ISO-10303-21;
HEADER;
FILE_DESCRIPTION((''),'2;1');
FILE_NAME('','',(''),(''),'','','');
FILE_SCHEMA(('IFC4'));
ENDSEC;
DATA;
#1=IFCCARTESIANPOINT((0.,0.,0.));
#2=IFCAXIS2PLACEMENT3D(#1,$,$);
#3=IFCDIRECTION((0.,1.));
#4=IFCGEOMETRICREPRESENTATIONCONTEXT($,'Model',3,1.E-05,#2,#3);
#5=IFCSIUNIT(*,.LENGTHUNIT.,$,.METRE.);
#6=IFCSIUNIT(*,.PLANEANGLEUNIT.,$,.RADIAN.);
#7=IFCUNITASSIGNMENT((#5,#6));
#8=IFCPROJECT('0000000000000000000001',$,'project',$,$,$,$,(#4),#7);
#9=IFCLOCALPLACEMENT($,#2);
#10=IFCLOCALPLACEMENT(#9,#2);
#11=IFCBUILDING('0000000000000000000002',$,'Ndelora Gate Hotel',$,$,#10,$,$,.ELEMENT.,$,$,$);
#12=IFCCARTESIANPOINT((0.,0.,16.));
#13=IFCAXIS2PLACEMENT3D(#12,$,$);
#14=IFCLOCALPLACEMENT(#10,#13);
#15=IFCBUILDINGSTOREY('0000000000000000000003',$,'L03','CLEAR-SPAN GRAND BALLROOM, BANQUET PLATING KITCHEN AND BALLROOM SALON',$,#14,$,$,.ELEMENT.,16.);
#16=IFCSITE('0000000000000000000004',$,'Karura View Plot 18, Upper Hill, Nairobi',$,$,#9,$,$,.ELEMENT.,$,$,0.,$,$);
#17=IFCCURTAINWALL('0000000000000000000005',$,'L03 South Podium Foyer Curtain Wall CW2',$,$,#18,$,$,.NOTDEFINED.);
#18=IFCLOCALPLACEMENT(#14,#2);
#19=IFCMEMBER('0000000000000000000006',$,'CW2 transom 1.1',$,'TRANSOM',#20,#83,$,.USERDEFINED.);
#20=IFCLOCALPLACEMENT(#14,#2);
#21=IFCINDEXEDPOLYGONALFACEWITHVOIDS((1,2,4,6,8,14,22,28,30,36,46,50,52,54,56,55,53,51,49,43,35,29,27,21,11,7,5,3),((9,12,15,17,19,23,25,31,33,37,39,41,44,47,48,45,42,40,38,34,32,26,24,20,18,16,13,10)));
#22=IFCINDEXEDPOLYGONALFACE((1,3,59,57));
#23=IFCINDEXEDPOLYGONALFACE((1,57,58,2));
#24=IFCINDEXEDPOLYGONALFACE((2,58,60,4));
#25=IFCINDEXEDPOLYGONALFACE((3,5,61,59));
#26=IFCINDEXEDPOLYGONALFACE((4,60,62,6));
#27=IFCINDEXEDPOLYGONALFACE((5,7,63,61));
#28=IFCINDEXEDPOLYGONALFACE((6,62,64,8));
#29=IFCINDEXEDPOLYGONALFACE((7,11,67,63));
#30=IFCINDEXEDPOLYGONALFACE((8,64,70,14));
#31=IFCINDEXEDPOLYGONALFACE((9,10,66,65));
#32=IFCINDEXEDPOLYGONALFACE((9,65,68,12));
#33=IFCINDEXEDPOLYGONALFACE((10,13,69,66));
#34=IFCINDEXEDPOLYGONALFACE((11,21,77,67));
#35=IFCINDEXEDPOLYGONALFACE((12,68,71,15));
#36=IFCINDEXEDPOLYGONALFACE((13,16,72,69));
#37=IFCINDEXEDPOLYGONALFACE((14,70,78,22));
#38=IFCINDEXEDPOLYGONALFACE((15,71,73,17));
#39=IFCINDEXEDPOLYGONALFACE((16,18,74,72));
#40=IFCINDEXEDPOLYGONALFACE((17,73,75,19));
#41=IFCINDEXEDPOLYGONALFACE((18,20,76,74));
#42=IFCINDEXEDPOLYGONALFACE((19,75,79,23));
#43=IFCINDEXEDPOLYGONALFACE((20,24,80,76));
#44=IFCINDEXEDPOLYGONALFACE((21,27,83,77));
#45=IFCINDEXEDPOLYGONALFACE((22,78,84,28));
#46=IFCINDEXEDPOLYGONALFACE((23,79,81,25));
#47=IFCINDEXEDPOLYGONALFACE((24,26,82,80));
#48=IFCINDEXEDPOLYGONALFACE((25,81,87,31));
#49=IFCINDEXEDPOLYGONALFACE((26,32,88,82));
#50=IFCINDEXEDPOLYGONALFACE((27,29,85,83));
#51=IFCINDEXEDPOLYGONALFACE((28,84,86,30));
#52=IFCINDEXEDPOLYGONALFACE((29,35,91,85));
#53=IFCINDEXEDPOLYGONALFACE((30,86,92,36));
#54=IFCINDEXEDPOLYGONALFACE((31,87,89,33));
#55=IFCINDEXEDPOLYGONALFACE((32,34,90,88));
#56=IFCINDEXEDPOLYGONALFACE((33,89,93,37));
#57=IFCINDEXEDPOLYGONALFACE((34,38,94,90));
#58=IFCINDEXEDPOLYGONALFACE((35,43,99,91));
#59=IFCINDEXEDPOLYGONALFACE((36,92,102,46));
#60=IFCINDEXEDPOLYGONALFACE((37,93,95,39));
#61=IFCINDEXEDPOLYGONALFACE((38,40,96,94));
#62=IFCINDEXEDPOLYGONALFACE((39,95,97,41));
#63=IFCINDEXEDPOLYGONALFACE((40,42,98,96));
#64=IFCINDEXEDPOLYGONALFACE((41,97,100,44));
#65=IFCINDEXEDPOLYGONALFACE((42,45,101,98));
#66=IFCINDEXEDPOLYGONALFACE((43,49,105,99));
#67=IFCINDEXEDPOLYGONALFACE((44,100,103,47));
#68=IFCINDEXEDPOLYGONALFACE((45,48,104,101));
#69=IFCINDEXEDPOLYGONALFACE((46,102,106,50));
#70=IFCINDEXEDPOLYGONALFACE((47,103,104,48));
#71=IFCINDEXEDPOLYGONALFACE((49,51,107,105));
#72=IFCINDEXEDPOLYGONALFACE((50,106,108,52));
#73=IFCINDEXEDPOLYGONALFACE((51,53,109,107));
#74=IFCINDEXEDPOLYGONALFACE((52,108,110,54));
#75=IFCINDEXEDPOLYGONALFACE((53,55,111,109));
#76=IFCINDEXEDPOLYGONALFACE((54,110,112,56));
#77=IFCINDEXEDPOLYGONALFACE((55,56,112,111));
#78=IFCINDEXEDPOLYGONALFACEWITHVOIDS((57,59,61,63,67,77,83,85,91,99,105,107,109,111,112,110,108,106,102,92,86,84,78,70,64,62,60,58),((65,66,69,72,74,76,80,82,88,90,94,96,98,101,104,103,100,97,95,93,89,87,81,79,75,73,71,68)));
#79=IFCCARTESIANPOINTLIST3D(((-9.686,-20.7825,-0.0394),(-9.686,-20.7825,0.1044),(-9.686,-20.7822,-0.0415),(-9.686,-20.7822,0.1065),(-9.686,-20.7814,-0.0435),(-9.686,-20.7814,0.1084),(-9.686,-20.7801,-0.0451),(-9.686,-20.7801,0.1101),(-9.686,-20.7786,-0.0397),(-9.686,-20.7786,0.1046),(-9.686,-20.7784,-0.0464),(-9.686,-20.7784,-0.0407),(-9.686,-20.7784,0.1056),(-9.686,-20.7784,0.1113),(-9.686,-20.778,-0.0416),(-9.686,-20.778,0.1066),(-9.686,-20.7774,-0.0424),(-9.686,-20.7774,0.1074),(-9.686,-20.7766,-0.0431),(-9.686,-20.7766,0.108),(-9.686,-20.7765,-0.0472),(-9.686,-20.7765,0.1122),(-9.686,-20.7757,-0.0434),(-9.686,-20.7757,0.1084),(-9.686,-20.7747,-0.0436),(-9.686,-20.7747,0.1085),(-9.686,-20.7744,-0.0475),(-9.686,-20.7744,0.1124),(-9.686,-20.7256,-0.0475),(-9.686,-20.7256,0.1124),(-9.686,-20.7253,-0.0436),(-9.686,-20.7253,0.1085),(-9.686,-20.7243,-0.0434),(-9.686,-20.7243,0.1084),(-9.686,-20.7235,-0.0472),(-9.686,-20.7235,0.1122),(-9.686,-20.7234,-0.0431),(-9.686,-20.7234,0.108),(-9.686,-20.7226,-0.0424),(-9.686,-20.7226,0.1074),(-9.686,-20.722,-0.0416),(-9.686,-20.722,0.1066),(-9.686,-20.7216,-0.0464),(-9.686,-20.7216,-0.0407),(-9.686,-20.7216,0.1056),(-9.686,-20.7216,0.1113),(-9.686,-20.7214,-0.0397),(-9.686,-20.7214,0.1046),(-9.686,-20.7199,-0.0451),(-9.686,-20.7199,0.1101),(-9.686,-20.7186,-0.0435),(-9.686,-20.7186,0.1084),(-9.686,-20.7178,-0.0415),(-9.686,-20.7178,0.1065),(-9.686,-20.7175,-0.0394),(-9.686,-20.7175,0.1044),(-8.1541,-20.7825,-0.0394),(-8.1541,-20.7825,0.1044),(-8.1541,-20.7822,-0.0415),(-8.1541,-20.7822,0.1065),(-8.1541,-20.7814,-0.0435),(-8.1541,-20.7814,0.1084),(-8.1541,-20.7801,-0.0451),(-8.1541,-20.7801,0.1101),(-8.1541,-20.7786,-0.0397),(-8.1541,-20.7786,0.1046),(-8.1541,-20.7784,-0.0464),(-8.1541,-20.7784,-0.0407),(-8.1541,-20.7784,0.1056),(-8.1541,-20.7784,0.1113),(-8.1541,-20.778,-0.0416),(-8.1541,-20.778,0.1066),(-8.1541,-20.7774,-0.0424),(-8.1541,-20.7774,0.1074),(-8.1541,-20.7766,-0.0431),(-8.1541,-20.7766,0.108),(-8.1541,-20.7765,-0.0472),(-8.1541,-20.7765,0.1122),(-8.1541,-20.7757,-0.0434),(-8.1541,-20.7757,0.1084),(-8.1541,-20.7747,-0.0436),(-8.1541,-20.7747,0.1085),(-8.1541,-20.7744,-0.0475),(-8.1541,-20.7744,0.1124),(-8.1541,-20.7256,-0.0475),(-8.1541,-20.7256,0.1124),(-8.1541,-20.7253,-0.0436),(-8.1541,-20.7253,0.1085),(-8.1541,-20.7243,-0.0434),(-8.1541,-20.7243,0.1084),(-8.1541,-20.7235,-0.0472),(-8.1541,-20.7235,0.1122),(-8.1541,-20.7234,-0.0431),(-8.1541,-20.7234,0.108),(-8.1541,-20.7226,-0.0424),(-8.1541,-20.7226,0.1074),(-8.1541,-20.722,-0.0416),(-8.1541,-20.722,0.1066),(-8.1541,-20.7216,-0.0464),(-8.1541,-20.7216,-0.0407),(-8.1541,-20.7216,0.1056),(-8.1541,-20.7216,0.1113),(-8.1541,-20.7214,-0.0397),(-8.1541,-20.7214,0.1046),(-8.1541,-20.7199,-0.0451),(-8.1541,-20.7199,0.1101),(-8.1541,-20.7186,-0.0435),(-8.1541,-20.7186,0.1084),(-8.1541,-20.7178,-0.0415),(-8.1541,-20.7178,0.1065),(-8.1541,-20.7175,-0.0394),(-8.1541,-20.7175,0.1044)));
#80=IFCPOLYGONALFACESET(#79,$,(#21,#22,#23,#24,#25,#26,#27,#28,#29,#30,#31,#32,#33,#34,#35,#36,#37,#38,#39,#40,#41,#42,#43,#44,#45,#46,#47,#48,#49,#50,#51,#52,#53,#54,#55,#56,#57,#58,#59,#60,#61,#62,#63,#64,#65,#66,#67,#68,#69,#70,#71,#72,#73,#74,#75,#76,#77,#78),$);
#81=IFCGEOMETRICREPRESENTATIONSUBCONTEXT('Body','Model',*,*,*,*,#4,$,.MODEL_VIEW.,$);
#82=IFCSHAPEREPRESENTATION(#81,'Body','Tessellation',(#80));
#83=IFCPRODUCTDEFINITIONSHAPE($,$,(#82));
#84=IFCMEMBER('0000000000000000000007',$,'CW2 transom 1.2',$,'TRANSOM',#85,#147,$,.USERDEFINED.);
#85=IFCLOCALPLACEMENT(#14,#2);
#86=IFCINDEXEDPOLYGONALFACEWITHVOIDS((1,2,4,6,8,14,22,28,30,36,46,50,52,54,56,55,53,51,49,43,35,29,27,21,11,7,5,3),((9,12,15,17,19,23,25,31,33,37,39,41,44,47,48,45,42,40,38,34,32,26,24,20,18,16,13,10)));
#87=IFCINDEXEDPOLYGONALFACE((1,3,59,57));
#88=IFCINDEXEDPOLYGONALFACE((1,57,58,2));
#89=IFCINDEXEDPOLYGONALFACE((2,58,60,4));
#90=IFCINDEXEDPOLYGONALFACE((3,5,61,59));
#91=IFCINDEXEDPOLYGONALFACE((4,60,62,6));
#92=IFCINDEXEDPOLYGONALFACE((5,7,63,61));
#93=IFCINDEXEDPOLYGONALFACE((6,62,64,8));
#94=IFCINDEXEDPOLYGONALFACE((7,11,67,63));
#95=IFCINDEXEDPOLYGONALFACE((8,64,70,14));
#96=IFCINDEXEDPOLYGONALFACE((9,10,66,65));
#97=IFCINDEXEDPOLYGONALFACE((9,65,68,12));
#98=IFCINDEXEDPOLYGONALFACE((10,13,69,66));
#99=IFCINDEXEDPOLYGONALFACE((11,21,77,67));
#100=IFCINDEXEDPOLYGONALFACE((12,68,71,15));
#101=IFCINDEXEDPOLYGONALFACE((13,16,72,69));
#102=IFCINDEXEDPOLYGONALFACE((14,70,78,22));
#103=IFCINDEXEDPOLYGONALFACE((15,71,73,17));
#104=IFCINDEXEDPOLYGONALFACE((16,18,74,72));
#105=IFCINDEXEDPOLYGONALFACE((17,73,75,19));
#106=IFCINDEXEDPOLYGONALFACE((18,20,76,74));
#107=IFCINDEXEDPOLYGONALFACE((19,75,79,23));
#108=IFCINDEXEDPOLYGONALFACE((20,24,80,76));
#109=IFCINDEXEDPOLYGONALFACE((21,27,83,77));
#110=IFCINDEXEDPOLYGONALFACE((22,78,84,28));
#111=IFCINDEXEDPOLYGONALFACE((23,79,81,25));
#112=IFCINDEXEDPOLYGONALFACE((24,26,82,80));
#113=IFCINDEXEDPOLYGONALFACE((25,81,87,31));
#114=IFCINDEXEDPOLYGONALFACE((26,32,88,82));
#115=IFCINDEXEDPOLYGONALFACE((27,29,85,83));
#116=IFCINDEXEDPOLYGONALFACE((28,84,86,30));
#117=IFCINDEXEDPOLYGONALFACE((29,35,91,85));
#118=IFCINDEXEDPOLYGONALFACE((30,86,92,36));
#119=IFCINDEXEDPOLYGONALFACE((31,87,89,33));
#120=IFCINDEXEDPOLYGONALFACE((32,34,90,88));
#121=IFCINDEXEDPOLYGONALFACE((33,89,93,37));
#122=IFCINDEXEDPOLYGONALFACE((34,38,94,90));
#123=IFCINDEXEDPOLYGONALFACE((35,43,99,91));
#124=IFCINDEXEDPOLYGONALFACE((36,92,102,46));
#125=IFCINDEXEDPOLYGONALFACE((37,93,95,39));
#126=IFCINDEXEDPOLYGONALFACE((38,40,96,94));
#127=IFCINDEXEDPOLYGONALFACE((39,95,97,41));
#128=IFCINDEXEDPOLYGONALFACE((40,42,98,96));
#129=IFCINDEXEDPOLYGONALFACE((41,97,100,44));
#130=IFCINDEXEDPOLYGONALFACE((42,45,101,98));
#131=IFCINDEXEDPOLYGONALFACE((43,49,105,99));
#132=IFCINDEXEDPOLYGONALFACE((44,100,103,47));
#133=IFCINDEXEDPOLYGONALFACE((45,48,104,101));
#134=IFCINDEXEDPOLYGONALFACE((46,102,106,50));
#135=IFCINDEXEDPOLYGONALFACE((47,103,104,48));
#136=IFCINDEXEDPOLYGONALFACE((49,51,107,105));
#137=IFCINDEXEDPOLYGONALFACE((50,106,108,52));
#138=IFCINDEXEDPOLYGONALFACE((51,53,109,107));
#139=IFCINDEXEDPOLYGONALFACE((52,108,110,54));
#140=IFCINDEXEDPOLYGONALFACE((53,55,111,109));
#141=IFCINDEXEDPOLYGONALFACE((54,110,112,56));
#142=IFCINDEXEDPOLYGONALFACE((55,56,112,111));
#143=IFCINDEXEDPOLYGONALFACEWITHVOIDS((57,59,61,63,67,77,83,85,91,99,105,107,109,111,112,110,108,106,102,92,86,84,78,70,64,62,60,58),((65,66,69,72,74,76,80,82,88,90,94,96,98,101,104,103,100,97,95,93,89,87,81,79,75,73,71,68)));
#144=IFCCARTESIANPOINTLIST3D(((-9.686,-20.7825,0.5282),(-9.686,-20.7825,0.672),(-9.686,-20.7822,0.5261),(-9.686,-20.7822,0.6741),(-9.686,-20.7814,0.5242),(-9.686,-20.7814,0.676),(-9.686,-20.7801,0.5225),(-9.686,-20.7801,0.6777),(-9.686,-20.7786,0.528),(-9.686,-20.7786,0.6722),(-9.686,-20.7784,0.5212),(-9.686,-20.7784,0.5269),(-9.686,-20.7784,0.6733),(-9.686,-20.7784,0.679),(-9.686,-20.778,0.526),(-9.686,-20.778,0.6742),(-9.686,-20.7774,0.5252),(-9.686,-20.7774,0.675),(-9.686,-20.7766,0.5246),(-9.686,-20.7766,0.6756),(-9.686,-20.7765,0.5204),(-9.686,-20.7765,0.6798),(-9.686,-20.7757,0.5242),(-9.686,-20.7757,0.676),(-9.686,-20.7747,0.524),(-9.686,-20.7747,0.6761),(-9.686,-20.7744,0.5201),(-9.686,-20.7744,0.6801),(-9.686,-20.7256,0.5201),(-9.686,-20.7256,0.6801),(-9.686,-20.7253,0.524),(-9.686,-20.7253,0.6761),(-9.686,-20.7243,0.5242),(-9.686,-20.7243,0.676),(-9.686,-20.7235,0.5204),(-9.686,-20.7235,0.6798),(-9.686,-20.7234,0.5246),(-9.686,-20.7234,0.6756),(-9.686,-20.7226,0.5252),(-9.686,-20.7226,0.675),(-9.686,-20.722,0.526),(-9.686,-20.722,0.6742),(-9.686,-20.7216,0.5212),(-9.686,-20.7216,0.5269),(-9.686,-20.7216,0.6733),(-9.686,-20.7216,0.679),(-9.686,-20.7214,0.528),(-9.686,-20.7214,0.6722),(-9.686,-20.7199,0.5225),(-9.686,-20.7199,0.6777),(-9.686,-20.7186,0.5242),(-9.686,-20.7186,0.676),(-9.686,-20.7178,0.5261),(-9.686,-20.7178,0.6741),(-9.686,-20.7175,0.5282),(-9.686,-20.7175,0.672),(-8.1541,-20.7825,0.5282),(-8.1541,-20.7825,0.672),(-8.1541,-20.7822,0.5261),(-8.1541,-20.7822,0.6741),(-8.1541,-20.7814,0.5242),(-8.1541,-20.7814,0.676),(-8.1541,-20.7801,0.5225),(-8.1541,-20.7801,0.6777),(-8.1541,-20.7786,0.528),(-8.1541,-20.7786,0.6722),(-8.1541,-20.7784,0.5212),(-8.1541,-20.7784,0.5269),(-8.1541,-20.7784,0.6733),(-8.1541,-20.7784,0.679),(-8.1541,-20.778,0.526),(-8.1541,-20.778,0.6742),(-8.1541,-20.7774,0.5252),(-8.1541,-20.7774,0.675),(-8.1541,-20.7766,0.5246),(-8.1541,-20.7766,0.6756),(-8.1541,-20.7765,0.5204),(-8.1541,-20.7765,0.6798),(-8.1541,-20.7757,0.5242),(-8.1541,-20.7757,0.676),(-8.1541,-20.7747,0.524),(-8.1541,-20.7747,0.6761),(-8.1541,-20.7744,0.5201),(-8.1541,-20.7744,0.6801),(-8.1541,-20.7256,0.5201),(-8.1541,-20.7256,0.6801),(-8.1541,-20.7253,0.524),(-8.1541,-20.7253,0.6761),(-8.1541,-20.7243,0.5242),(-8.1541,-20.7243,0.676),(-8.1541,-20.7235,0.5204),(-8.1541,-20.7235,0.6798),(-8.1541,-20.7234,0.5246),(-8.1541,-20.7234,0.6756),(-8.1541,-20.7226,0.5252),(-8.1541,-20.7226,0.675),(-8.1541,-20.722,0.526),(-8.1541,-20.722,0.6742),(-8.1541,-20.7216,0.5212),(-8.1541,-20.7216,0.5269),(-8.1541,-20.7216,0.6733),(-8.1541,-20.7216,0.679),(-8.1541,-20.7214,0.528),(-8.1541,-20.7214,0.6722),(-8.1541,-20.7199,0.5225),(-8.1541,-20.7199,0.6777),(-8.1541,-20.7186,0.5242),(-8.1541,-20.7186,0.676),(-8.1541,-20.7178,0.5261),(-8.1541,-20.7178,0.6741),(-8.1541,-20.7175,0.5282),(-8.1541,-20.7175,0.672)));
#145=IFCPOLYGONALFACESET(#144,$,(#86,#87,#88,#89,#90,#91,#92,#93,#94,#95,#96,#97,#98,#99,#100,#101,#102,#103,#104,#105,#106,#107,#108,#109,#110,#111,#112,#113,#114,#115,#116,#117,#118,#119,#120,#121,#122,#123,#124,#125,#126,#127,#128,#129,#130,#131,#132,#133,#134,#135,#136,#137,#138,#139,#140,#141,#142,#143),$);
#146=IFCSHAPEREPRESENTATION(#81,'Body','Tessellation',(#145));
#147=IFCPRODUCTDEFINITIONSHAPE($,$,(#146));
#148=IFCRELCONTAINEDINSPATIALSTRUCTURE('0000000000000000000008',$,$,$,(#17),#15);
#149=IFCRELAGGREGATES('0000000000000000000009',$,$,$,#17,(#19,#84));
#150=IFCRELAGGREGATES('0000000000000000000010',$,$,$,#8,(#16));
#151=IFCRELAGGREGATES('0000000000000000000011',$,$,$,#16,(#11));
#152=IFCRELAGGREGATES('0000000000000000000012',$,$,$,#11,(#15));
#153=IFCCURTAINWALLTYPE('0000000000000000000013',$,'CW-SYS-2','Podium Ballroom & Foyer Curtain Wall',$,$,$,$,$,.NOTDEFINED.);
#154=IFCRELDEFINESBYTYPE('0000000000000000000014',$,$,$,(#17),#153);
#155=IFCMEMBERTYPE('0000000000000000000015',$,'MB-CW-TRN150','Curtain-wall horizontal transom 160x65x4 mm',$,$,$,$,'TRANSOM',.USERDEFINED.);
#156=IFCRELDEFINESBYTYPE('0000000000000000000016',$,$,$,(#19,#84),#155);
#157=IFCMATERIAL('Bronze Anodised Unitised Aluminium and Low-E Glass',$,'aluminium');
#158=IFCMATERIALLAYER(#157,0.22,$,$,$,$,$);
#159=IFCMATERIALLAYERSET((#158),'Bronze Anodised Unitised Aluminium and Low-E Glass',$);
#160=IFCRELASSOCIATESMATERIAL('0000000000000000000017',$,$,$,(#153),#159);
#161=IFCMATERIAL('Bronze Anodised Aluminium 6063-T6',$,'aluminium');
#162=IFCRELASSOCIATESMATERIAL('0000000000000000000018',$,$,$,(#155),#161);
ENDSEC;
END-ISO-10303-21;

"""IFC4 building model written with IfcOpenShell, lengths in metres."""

from ifc_helpers import new_model, si_unit, direction, frame, origin, origin_2d, place, context, subcontext, project, spatial, hollow_rectangle, extrude, material, layer, layer_set, material_profile, profile_set, type_object, element, aggregate, save


model = new_model("IFC4")

# Units and contexts
model_context = context("Model", 3, precision=1e-05, world=origin(), true_north=direction((0.0, 1.0)))
body_context = subcontext(model_context, "Body", "Model", "MODEL_VIEW")
ifc_project = project(units=[si_unit("LENGTHUNIT", "METRE"), si_unit("PLANEANGLEUNIT", "RADIAN")], contexts=[model_context])

# Site, building, storey
site_placement = place(None, origin())
site = spatial("IfcSite", under=ifc_project, at=site_placement, Name="Karura View Plot 18, Upper Hill, Nairobi", CompositionType="ELEMENT", RefElevation=0.0)
building_placement = place(site_placement, origin())
building = spatial("IfcBuilding", under=site, at=building_placement, Name="Ndelora Gate Hotel", CompositionType="ELEMENT")
storey_placement = place(building_placement, frame((0.0, 0.0, 16.0)))
storey = spatial("IfcBuildingStorey", under=building, at=storey_placement, Name="L03", Description="CLEAR-SPAN GRAND BALLROOM, BANQUET PLATING KITCHEN AND BALLROOM SALON", CompositionType="ELEMENT", Elevation=16.0)

# Curtain wall, members
ifc_material_1 = material(Name="Bronze Anodised Unitised Aluminium and Low-E Glass", Category="aluminium")
ifc_layer_1 = layer(ifc_material_1, 0.22)
ifc_layer_set_1 = layer_set([ifc_layer_1], Name="Bronze Anodised Unitised Aluminium and Low-E Glass")
curtain_wall_type = type_object("IfcCurtainWallType", Name="CW-SYS-2", Description="Podium Ballroom & Foyer Curtain Wall", PredefinedType="NOTDEFINED", material=ifc_layer_set_1)
curtain_wall_placement = place(storey_placement, origin())
curtain_wall = element("IfcCurtainWall", 1, at=curtain_wall_placement, inside=storey, type_object=curtain_wall_type, Name="L03 South Podium Foyer Curtain Wall CW2", PredefinedType="NOTDEFINED")
ifc_material_2 = material(Name="Bronze Anodised Aluminium 6063-T6", Category="aluminium")
ifc_material_profile_1 = material_profile(ifc_material_2, hollow_rectangle(XDim=0.0649, YDim=0.1599, WallThickness=0.0039, InnerFilletRadius=0.0039, OuterFilletRadius=0.0081, at=origin_2d()), Name="ALU 160x65x4")
ifc_profile_set_1 = profile_set([ifc_material_profile_1], Name="Bronze Anodised Aluminium 6063-T6")
member_type_1 = type_object("IfcMemberType", Name="MB-CW-TRN150", Description="Curtain-wall horizontal transom 160x65x4 mm", ElementType="TRANSOM", PredefinedType="USERDEFINED", material=ifc_profile_set_1)
member_1_placement = place(storey_placement, frame((-9.686, -20.75, 0.0325), z_axis=(1.0, 0.0, 0.0), x_axis=(0.0, 1.0, 0.0)))
member_1 = element("IfcMember", 2, at=member_1_placement, type_object=member_type_1, Name="CW2 transom 1.1", ObjectType="TRANSOM", PredefinedType="USERDEFINED", context=body_context, shape_type="SweptSolid", body=[
    extrude(hollow_rectangle(XDim=0.0649, YDim=0.1599, WallThickness=0.0039, InnerFilletRadius=0.0039, OuterFilletRadius=0.0081, at=origin_2d()), origin(), (0.0, 0.0, 1.0), 1.532),
])
member_2_placement = place(storey_placement, frame((-9.686, -20.75, 0.6001), z_axis=(1.0, 0.0, 0.0), x_axis=(0.0, 1.0, 0.0)))
member_2 = element("IfcMember", 3, at=member_2_placement, type_object=member_type_1, Name="CW2 transom 1.2", ObjectType="TRANSOM", PredefinedType="USERDEFINED", context=body_context, shape_type="SweptSolid", body=[
    extrude(hollow_rectangle(XDim=0.0649, YDim=0.1599, WallThickness=0.0039, InnerFilletRadius=0.0039, OuterFilletRadius=0.0081, at=origin_2d()), origin(), (0.0, 0.0, 1.0), 1.532),
])
aggregate(curtain_wall, [member_1, member_2])

save(model, "model.ifc")
